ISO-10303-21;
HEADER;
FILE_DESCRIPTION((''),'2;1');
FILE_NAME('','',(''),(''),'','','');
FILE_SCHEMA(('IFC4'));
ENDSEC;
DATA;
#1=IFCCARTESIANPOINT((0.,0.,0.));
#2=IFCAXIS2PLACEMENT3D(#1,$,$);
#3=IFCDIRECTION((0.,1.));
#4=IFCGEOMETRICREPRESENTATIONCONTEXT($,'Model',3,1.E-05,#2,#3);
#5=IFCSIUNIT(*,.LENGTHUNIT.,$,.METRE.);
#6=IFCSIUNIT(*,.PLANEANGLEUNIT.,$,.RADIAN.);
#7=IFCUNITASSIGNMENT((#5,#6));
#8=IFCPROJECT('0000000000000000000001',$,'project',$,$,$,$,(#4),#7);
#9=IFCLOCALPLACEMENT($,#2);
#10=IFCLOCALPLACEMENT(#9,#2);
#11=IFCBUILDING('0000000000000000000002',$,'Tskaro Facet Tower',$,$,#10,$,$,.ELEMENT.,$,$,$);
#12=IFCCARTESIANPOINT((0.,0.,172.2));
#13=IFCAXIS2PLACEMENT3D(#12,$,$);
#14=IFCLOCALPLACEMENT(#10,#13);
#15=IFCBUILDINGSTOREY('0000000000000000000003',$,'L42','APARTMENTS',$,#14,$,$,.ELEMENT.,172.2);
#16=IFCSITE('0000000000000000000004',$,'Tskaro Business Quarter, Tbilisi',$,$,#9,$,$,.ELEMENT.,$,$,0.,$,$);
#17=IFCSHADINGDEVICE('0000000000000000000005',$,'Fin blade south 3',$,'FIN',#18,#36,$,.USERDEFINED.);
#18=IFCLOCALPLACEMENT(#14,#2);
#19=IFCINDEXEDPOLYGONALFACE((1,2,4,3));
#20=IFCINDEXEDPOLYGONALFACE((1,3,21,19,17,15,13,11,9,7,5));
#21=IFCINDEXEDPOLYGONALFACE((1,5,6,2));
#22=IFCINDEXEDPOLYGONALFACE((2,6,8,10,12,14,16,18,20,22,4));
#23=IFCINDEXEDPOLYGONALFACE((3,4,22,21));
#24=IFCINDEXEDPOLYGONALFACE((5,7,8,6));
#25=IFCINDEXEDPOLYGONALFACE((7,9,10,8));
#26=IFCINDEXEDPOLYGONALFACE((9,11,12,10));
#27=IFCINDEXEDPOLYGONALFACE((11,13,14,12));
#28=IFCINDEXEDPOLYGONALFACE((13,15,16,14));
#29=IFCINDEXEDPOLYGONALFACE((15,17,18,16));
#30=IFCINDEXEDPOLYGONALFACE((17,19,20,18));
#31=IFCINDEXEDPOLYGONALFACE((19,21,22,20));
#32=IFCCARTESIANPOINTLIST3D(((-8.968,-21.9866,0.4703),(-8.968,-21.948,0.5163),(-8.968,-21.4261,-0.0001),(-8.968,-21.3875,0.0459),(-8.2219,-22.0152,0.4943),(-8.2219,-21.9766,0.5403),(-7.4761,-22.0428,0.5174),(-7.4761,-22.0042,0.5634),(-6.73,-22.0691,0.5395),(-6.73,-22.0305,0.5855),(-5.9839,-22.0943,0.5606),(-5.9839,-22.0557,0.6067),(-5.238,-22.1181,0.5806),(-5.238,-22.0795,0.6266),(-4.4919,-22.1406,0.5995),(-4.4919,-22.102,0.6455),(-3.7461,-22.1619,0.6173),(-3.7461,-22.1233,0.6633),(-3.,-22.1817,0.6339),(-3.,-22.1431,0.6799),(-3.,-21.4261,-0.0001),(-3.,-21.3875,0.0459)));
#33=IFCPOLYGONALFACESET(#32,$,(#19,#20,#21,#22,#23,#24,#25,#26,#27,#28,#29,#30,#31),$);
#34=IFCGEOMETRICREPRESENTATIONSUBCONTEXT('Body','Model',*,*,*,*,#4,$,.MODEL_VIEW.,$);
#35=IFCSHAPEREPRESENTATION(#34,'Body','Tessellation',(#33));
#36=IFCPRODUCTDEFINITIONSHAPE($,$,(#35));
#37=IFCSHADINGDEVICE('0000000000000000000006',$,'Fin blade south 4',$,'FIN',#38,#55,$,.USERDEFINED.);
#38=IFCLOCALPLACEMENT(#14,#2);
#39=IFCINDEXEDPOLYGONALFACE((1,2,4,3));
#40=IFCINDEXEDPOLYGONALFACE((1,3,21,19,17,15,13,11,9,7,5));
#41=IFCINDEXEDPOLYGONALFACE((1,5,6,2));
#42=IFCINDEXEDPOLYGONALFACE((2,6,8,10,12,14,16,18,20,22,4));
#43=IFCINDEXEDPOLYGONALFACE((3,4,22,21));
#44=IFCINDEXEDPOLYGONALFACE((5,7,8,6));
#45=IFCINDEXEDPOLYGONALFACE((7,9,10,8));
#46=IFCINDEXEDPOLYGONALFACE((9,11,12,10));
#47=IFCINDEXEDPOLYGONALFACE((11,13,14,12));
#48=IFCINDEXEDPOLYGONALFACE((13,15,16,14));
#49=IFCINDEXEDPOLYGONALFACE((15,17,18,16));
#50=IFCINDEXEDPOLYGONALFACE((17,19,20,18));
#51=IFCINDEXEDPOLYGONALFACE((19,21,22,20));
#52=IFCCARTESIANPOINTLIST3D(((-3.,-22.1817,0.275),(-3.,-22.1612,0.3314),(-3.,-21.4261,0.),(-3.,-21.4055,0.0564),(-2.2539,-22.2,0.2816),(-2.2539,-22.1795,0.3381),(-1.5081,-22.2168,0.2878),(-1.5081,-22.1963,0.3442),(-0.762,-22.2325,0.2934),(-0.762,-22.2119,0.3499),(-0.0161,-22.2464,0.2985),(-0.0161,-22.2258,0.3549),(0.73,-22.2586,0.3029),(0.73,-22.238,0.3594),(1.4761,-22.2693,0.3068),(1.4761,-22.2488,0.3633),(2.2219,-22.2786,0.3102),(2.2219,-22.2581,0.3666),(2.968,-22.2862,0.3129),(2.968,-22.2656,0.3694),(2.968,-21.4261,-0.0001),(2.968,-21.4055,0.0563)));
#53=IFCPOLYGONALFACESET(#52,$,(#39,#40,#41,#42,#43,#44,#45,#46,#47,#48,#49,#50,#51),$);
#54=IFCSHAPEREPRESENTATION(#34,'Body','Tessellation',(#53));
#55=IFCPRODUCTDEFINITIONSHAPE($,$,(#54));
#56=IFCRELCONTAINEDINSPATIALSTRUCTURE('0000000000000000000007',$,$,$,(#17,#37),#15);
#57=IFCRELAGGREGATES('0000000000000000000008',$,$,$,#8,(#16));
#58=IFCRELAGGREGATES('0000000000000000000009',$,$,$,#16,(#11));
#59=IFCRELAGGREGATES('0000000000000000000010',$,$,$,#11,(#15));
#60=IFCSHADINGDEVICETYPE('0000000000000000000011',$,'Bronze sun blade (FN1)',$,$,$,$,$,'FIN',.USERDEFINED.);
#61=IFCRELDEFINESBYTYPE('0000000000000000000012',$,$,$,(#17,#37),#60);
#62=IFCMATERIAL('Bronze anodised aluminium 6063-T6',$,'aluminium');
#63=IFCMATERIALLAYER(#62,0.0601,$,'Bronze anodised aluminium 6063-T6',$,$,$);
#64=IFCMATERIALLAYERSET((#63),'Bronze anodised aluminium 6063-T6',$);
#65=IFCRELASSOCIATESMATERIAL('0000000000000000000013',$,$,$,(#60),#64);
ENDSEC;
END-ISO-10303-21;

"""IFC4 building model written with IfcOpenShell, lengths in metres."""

from ifc_helpers import new_model, si_unit, direction, frame, origin, place, context, subcontext, project, spatial, polyline, outline, extrude, material, layer, layer_set, type_object, element, save


model = new_model("IFC4")

# Units and contexts
model_context = context("Model", 3, precision=1e-05, world=origin(), true_north=direction((0.0, 1.0)))
body_context = subcontext(model_context, "Body", "Model", "MODEL_VIEW")
ifc_project = project(units=[si_unit("LENGTHUNIT", "METRE"), si_unit("PLANEANGLEUNIT", "RADIAN")], contexts=[model_context])

# Site, building, storey
site_placement = place(None, origin())
site = spatial("IfcSite", under=ifc_project, at=site_placement, Name="Tskaro Business Quarter, Tbilisi", CompositionType="ELEMENT", RefElevation=0.0)
building_placement = place(site_placement, origin())
building = spatial("IfcBuilding", under=site, at=building_placement, Name="Tskaro Facet Tower", CompositionType="ELEMENT")
storey_placement = place(building_placement, frame((0.0, 0.0, 172.2)))
storey = spatial("IfcBuildingStorey", under=building, at=storey_placement, Name="L42", Description="APARTMENTS", CompositionType="ELEMENT", Elevation=172.2)

# Shared definitions
ifc_material_1 = material(Name="Bronze anodised aluminium 6063-T6", Category="aluminium")

# Shading devices
ifc_layer_1 = layer(ifc_material_1, 0.0601, Name="Bronze anodised aluminium 6063-T6")
ifc_layer_set_1 = layer_set([ifc_layer_1], Name="Bronze anodised aluminium 6063-T6")
shading_device_type = type_object("IfcShadingDeviceType", Name="Bronze sun blade (FN1)", ElementType="FIN", PredefinedType="USERDEFINED", material=ifc_layer_set_1)
shading_device_1_placement = place(storey_placement, frame((-8.968, -21.3875, 0.0459), z_axis=(0.000008, 0.642829, 0.76601), x_axis=(1.0, -0.000005, -0.000006)))
element("IfcShadingDevice", 1, at=shading_device_1_placement, inside=storey, type_object=shading_device_type, Name="Fin blade south 3", ObjectType="FIN", PredefinedType="USERDEFINED", context=body_context, shape_type="SweptSolid", body=[
    extrude(outline(polyline([(0.0, 0.0), (5.968, 0.0), (5.968, -0.9864), (5.2219, -0.9606), (4.4761, -0.9328), (3.73, -0.9034), (2.9841, -0.8724), (2.238, -0.8394), (1.4919, -0.8051), (0.7461, -0.7691), (0.0, -0.7318), (0.0, 0.0)])), origin(), (0.0, 0.0, -1.0), 0.0601),
])
shading_device_2_placement = place(storey_placement, frame((-3.0, -21.4055, 0.0564), z_axis=(0.000015, 0.342021, 0.939692), x_axis=(1.0, -0.000005, -0.000014)))
element("IfcShadingDevice", 2, at=shading_device_2_placement, inside=storey, type_object=shading_device_type, Name="Fin blade south 4", ObjectType="FIN", PredefinedType="USERDEFINED", context=body_context, shape_type="SweptSolid", body=[
    extrude(outline(polyline([(0.0, 0.0), (5.968, 0.0), (5.968, -0.9153), (5.2219, -0.9073), (4.4761, -0.8974), (3.73, -0.8859), (2.9839, -0.873), (2.238, -0.8581), (1.4919, -0.8415), (0.7461, -0.8236), (0.0, -0.8042), (0.0, 0.0)])), origin(), (0.0, 0.0, -1.0), 0.0601),
])

save(model, "model.ifc")
